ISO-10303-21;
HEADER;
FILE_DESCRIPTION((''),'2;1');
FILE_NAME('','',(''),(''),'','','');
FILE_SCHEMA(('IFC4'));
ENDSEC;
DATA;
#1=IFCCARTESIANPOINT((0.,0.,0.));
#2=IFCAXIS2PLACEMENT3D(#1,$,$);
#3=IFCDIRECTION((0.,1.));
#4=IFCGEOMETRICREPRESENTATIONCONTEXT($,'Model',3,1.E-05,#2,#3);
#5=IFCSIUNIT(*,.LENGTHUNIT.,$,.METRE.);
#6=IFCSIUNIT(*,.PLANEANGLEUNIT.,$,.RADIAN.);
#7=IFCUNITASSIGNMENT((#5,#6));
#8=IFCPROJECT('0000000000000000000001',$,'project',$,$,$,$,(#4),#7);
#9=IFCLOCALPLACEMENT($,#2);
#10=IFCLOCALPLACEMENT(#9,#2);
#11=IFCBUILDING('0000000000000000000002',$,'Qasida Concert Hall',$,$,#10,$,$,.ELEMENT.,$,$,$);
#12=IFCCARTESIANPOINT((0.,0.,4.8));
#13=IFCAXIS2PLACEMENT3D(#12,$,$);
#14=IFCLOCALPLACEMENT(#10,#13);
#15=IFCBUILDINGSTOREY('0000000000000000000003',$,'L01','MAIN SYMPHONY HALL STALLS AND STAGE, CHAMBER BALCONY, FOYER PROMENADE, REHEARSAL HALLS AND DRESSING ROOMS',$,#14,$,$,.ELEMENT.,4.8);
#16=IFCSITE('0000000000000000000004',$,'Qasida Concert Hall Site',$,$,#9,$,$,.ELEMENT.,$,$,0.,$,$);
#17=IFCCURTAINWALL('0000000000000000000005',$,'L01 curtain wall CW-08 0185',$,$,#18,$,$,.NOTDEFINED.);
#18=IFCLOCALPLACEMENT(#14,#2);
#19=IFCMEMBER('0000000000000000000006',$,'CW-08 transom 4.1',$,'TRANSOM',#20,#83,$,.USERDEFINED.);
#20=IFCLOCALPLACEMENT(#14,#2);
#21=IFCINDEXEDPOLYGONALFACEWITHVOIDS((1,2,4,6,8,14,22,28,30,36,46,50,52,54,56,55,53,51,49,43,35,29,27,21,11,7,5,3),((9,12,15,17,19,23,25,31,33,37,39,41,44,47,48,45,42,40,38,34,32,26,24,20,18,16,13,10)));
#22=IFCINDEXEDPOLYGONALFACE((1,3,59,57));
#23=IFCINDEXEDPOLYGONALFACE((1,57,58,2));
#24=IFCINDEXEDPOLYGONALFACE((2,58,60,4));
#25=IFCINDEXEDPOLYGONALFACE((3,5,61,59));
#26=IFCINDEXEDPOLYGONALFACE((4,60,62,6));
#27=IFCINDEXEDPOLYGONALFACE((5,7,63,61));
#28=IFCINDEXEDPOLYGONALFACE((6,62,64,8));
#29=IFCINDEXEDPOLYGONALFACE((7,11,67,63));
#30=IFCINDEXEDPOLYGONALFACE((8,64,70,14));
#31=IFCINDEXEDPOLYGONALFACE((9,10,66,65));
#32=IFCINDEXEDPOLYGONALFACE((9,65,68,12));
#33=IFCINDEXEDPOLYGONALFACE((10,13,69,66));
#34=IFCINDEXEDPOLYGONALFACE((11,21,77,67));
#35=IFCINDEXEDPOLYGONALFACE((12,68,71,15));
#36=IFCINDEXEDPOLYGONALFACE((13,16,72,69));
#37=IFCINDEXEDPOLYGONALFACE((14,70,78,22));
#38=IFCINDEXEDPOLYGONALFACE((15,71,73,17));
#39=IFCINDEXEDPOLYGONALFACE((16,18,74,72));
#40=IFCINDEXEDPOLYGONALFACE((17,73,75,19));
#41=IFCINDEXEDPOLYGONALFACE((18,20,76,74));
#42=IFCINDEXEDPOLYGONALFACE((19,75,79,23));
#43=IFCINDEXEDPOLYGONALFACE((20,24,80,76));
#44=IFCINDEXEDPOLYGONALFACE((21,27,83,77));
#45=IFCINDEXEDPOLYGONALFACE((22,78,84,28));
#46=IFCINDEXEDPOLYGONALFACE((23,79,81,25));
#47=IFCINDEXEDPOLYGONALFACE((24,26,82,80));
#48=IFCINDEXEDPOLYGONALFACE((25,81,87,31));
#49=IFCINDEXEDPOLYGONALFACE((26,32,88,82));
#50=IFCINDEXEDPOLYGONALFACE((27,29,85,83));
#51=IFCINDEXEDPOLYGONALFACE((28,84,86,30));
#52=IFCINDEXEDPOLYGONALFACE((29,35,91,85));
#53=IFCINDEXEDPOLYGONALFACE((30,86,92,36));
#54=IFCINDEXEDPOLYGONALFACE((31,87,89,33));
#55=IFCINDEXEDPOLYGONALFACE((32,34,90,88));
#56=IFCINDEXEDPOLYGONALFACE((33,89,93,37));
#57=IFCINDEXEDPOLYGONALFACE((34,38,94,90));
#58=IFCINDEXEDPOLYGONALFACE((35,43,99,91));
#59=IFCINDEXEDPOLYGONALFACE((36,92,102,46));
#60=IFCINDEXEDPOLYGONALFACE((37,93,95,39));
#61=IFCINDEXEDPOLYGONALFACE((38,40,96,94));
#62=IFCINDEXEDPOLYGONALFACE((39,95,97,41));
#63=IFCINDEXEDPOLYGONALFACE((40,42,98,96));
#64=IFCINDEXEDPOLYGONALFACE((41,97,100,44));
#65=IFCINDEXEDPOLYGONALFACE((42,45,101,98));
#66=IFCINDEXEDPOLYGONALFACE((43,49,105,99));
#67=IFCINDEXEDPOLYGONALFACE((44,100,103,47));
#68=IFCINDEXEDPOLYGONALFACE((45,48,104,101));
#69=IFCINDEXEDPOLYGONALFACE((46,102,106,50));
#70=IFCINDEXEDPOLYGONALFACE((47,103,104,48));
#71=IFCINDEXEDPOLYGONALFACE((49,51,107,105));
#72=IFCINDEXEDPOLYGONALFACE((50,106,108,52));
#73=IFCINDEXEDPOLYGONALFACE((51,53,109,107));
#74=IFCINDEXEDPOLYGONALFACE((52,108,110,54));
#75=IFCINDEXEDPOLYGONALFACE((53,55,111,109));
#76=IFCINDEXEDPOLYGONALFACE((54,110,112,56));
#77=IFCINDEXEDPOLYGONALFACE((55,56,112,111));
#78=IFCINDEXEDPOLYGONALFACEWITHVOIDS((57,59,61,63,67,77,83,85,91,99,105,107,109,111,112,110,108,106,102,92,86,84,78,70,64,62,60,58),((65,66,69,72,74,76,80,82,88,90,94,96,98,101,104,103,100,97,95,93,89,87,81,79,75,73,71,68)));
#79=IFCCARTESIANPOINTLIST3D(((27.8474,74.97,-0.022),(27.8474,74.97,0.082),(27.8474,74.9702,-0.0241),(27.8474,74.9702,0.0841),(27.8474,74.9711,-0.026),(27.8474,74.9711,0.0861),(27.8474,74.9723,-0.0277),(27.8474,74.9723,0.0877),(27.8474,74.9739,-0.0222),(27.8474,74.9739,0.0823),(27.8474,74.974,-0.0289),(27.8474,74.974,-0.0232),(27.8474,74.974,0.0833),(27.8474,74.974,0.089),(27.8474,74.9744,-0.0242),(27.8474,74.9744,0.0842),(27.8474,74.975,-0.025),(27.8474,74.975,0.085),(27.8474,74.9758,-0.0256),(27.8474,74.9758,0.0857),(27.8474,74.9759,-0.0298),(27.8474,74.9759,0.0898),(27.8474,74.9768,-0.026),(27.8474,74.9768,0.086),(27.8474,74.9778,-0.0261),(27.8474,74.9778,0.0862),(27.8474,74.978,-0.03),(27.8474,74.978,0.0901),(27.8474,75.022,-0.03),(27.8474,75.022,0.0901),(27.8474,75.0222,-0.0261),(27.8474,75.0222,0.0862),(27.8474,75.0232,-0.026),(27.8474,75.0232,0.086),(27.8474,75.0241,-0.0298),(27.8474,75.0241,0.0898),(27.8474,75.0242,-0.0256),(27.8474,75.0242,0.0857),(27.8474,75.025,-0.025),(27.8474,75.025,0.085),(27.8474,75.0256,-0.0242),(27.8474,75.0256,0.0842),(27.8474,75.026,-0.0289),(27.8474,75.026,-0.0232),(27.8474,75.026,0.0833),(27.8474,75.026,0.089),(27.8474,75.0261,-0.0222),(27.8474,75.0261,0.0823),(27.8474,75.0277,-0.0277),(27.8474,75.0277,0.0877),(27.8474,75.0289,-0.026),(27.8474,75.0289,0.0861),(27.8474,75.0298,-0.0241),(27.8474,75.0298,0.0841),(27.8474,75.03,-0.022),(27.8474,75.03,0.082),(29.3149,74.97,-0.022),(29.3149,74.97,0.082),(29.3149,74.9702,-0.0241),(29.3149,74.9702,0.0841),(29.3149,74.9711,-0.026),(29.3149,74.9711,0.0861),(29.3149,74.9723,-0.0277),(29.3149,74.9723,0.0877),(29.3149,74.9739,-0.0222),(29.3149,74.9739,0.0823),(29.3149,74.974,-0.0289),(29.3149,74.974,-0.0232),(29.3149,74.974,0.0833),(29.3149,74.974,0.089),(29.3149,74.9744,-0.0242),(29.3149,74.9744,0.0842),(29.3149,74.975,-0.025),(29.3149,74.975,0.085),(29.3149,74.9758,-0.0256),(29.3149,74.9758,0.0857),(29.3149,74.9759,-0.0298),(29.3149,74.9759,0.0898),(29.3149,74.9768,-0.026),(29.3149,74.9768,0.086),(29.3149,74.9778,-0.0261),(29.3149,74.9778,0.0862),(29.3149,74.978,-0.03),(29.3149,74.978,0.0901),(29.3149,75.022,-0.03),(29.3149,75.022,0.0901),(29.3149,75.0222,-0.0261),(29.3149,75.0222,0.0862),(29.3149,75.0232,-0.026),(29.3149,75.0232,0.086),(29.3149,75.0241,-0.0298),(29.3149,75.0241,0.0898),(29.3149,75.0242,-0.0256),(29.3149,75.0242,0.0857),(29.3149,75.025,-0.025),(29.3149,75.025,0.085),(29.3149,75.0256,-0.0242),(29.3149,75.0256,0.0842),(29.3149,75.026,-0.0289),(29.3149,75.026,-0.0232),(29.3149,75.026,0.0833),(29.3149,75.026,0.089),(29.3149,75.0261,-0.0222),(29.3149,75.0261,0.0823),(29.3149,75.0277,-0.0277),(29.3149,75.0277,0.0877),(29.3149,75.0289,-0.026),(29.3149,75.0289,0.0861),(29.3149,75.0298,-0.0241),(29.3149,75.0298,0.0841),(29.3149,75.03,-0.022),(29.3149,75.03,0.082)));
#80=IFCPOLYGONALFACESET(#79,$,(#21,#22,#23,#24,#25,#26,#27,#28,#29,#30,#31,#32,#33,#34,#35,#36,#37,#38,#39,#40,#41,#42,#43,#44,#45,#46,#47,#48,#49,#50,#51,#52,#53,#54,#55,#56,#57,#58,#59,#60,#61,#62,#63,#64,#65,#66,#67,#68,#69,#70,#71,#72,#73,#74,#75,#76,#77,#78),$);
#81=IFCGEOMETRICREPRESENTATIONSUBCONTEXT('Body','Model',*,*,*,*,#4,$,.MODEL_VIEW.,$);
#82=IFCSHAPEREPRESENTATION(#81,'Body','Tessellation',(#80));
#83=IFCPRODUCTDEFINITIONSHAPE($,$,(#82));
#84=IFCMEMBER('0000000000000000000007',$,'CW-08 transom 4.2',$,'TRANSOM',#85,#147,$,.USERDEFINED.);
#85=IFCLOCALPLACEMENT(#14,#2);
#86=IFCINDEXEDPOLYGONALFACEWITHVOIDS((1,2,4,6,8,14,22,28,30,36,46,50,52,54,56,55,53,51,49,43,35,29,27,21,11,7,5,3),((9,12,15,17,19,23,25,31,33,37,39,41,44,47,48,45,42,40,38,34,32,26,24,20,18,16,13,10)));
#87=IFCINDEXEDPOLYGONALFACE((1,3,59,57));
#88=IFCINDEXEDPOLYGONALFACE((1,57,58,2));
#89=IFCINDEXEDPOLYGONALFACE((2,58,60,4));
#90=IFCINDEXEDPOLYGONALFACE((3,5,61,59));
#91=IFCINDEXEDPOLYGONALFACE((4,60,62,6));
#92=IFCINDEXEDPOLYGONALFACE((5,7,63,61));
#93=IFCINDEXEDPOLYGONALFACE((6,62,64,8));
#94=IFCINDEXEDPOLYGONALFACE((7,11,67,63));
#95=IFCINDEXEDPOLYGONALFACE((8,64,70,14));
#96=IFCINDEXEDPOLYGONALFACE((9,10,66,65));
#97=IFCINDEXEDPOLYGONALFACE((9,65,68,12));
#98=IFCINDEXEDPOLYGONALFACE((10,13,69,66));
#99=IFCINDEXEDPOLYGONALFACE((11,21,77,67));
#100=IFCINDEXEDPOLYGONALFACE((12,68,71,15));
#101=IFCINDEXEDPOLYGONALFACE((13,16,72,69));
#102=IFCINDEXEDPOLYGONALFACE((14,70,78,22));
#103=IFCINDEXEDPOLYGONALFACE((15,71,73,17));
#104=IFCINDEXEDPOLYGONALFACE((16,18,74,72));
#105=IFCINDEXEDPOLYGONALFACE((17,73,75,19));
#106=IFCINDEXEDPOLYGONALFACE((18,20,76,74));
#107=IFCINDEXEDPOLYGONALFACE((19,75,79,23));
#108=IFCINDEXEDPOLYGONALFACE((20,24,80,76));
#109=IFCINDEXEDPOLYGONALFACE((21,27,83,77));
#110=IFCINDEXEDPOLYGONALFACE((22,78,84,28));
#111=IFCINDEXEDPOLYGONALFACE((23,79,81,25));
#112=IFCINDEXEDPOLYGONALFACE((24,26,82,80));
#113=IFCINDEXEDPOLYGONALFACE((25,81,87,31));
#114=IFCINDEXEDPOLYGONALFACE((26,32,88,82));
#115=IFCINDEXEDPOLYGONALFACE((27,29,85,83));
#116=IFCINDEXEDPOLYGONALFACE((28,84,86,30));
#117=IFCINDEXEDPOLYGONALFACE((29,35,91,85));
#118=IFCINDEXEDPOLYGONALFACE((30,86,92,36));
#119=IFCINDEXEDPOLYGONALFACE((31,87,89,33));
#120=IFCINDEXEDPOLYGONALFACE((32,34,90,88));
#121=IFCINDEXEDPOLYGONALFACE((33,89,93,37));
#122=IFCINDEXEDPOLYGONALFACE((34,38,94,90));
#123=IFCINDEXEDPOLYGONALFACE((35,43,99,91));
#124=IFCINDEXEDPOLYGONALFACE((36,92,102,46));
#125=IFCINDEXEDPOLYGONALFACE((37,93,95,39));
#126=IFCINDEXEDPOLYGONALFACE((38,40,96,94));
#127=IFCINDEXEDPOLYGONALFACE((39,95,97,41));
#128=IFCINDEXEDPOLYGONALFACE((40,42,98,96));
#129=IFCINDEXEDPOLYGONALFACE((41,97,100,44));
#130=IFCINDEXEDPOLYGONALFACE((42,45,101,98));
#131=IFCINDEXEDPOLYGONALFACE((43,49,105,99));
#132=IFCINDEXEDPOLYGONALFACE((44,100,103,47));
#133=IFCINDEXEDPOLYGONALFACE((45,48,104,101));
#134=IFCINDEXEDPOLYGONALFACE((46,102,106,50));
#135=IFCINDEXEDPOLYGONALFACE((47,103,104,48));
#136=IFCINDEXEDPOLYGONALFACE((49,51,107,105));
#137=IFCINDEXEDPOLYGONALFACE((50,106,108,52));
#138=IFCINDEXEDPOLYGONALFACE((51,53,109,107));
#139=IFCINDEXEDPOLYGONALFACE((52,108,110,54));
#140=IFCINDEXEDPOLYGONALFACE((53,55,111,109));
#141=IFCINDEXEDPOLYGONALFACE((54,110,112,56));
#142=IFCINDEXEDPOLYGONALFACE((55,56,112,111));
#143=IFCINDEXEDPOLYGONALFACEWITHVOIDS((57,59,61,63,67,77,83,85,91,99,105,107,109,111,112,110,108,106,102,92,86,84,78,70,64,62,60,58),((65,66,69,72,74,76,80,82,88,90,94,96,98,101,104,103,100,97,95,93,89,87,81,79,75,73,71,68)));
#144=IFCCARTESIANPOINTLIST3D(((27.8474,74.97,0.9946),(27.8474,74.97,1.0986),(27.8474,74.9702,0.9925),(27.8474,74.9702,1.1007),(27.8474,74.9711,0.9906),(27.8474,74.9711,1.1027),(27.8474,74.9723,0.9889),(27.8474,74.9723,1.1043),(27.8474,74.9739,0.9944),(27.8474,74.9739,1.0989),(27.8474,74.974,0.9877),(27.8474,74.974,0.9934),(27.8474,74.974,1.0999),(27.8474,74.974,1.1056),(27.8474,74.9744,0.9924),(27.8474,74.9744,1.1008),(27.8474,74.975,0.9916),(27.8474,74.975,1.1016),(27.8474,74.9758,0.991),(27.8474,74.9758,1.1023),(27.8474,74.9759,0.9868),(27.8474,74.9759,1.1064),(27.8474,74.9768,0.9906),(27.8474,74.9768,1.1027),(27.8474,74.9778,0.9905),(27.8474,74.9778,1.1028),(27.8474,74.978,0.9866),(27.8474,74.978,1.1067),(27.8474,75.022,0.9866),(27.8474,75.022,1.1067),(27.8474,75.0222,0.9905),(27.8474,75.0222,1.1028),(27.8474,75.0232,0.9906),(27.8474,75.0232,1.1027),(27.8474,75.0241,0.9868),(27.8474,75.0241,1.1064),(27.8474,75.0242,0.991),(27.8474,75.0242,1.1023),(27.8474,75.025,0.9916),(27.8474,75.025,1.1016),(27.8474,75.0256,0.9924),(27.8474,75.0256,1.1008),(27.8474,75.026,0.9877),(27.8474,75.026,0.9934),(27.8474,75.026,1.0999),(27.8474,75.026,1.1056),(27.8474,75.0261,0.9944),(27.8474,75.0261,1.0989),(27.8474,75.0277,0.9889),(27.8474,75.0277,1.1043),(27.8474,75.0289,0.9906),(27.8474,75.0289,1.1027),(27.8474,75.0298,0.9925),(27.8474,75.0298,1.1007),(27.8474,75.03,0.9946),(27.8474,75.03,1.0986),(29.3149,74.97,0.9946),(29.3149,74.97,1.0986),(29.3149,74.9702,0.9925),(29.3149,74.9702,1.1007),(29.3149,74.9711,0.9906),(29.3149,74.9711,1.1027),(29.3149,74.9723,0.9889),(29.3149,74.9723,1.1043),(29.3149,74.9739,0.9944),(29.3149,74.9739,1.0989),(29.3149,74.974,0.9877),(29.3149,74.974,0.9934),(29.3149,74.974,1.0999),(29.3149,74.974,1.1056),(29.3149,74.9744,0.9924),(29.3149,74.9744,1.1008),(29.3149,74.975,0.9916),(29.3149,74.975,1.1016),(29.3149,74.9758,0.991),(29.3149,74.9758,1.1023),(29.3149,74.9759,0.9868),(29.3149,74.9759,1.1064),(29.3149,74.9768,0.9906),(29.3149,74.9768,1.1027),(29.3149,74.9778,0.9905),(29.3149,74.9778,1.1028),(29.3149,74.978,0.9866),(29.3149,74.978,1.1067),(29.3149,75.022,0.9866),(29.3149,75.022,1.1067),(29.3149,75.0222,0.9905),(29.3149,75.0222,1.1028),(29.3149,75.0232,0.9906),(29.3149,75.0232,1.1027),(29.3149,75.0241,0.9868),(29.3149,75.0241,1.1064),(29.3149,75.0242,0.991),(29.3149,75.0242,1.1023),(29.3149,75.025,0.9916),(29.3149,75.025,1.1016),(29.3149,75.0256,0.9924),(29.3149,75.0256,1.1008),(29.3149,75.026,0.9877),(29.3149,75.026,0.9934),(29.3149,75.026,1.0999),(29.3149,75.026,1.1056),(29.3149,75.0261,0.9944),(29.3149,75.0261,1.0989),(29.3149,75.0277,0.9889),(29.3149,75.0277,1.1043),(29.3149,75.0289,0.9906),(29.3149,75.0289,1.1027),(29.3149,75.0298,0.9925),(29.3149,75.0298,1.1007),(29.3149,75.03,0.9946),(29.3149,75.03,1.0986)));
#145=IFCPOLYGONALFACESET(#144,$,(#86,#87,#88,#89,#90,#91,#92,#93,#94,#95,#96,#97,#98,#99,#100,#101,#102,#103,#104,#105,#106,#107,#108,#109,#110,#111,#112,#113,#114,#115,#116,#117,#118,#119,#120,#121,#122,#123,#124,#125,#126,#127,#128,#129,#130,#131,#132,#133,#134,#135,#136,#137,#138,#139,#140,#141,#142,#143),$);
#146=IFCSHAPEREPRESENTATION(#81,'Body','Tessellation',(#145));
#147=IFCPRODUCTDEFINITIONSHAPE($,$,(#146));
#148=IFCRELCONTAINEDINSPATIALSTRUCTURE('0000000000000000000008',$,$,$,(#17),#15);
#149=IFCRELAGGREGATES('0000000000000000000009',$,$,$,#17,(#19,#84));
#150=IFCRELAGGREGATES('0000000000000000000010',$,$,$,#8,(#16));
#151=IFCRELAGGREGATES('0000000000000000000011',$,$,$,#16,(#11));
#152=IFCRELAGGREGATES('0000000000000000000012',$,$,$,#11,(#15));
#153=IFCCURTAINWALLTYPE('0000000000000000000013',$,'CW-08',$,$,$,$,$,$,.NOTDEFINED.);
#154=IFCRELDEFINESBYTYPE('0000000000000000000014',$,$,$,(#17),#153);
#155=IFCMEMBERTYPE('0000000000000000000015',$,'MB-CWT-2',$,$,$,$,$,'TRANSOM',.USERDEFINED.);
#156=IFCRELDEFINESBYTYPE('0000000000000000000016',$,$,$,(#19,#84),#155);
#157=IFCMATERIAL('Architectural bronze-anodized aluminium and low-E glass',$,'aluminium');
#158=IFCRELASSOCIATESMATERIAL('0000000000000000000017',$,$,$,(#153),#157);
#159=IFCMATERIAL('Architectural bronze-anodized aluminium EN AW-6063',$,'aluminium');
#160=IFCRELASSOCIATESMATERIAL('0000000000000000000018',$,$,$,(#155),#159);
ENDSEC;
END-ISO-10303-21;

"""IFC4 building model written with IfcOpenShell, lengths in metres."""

from ifc_helpers import new_model, si_unit, direction, frame, origin, origin_2d, place, context, subcontext, project, spatial, hollow_rectangle, extrude, material, material_profile, profile_set, type_object, element, aggregate, save


model = new_model("IFC4")

# Units and contexts
model_context = context("Model", 3, precision=1e-05, world=origin(), true_north=direction((0.0, 1.0)))
body_context = subcontext(model_context, "Body", "Model", "MODEL_VIEW")
ifc_project = project(units=[si_unit("LENGTHUNIT", "METRE"), si_unit("PLANEANGLEUNIT", "RADIAN")], contexts=[model_context])

# Site, building, storey
site_placement = place(None, origin())
site = spatial("IfcSite", under=ifc_project, at=site_placement, Name="Qasida Concert Hall Site", CompositionType="ELEMENT", RefElevation=0.0)
building_placement = place(site_placement, origin())
building = spatial("IfcBuilding", under=site, at=building_placement, Name="Qasida Concert Hall", CompositionType="ELEMENT")
storey_placement = place(building_placement, frame((0.0, 0.0, 4.8)))
storey = spatial("IfcBuildingStorey", under=building, at=storey_placement, Name="L01", Description="MAIN SYMPHONY HALL STALLS AND STAGE, CHAMBER BALCONY, FOYER PROMENADE, REHEARSAL HALLS AND DRESSING ROOMS", CompositionType="ELEMENT", Elevation=4.8)

# Curtain wall, members
ifc_material_1 = material(Name="Architectural bronze-anodized aluminium and low-E glass", Category="aluminium")
curtain_wall_type = type_object("IfcCurtainWallType", Name="CW-08", PredefinedType="NOTDEFINED", material=ifc_material_1)
curtain_wall_placement = place(storey_placement, origin())
curtain_wall = element("IfcCurtainWall", 1, at=curtain_wall_placement, inside=storey, type_object=curtain_wall_type, Name="L01 curtain wall CW-08 0185", PredefinedType="NOTDEFINED")
ifc_material_2 = material(Name="Architectural bronze-anodized aluminium EN AW-6063", Category="aluminium")
ifc_material_profile_1 = material_profile(ifc_material_2, hollow_rectangle(XDim=0.0601, YDim=0.1201, WallThickness=0.0039, InnerFilletRadius=0.0039, OuterFilletRadius=0.0081, at=origin_2d()), Name="CWT 120x60x4")
ifc_profile_set_1 = profile_set([ifc_material_profile_1], Name="Architectural bronze-anodized aluminium EN AW-6063")
member_type_1 = type_object("IfcMemberType", Name="MB-CWT-2", ElementType="TRANSOM", PredefinedType="USERDEFINED", material=ifc_profile_set_1)
member_1_placement = place(storey_placement, frame((27.8474, 75.0, 0.03), z_axis=(1.0, 0.0, 0.0), x_axis=(0.0, 1.0, 0.0)))
member_1 = element("IfcMember", 2, at=member_1_placement, type_object=member_type_1, Name="CW-08 transom 4.1", ObjectType="TRANSOM", PredefinedType="USERDEFINED", context=body_context, shape_type="SweptSolid", body=[
    extrude(hollow_rectangle(XDim=0.0601, YDim=0.1201, WallThickness=0.0039, InnerFilletRadius=0.0039, OuterFilletRadius=0.0081, at=origin_2d()), origin(), (0.0, 0.0, 1.0), 1.4675),
])
member_2_placement = place(storey_placement, frame((27.8474, 75.0, 1.0466), z_axis=(1.0, 0.0, 0.0), x_axis=(0.0, 1.0, 0.0)))
member_2 = element("IfcMember", 3, at=member_2_placement, type_object=member_type_1, Name="CW-08 transom 4.2", ObjectType="TRANSOM", PredefinedType="USERDEFINED", context=body_context, shape_type="SweptSolid", body=[
    extrude(hollow_rectangle(XDim=0.0601, YDim=0.1201, WallThickness=0.0039, InnerFilletRadius=0.0039, OuterFilletRadius=0.0081, at=origin_2d()), origin(), (0.0, 0.0, 1.0), 1.4675),
])
aggregate(curtain_wall, [member_1, member_2])

save(model, "model.ifc")
